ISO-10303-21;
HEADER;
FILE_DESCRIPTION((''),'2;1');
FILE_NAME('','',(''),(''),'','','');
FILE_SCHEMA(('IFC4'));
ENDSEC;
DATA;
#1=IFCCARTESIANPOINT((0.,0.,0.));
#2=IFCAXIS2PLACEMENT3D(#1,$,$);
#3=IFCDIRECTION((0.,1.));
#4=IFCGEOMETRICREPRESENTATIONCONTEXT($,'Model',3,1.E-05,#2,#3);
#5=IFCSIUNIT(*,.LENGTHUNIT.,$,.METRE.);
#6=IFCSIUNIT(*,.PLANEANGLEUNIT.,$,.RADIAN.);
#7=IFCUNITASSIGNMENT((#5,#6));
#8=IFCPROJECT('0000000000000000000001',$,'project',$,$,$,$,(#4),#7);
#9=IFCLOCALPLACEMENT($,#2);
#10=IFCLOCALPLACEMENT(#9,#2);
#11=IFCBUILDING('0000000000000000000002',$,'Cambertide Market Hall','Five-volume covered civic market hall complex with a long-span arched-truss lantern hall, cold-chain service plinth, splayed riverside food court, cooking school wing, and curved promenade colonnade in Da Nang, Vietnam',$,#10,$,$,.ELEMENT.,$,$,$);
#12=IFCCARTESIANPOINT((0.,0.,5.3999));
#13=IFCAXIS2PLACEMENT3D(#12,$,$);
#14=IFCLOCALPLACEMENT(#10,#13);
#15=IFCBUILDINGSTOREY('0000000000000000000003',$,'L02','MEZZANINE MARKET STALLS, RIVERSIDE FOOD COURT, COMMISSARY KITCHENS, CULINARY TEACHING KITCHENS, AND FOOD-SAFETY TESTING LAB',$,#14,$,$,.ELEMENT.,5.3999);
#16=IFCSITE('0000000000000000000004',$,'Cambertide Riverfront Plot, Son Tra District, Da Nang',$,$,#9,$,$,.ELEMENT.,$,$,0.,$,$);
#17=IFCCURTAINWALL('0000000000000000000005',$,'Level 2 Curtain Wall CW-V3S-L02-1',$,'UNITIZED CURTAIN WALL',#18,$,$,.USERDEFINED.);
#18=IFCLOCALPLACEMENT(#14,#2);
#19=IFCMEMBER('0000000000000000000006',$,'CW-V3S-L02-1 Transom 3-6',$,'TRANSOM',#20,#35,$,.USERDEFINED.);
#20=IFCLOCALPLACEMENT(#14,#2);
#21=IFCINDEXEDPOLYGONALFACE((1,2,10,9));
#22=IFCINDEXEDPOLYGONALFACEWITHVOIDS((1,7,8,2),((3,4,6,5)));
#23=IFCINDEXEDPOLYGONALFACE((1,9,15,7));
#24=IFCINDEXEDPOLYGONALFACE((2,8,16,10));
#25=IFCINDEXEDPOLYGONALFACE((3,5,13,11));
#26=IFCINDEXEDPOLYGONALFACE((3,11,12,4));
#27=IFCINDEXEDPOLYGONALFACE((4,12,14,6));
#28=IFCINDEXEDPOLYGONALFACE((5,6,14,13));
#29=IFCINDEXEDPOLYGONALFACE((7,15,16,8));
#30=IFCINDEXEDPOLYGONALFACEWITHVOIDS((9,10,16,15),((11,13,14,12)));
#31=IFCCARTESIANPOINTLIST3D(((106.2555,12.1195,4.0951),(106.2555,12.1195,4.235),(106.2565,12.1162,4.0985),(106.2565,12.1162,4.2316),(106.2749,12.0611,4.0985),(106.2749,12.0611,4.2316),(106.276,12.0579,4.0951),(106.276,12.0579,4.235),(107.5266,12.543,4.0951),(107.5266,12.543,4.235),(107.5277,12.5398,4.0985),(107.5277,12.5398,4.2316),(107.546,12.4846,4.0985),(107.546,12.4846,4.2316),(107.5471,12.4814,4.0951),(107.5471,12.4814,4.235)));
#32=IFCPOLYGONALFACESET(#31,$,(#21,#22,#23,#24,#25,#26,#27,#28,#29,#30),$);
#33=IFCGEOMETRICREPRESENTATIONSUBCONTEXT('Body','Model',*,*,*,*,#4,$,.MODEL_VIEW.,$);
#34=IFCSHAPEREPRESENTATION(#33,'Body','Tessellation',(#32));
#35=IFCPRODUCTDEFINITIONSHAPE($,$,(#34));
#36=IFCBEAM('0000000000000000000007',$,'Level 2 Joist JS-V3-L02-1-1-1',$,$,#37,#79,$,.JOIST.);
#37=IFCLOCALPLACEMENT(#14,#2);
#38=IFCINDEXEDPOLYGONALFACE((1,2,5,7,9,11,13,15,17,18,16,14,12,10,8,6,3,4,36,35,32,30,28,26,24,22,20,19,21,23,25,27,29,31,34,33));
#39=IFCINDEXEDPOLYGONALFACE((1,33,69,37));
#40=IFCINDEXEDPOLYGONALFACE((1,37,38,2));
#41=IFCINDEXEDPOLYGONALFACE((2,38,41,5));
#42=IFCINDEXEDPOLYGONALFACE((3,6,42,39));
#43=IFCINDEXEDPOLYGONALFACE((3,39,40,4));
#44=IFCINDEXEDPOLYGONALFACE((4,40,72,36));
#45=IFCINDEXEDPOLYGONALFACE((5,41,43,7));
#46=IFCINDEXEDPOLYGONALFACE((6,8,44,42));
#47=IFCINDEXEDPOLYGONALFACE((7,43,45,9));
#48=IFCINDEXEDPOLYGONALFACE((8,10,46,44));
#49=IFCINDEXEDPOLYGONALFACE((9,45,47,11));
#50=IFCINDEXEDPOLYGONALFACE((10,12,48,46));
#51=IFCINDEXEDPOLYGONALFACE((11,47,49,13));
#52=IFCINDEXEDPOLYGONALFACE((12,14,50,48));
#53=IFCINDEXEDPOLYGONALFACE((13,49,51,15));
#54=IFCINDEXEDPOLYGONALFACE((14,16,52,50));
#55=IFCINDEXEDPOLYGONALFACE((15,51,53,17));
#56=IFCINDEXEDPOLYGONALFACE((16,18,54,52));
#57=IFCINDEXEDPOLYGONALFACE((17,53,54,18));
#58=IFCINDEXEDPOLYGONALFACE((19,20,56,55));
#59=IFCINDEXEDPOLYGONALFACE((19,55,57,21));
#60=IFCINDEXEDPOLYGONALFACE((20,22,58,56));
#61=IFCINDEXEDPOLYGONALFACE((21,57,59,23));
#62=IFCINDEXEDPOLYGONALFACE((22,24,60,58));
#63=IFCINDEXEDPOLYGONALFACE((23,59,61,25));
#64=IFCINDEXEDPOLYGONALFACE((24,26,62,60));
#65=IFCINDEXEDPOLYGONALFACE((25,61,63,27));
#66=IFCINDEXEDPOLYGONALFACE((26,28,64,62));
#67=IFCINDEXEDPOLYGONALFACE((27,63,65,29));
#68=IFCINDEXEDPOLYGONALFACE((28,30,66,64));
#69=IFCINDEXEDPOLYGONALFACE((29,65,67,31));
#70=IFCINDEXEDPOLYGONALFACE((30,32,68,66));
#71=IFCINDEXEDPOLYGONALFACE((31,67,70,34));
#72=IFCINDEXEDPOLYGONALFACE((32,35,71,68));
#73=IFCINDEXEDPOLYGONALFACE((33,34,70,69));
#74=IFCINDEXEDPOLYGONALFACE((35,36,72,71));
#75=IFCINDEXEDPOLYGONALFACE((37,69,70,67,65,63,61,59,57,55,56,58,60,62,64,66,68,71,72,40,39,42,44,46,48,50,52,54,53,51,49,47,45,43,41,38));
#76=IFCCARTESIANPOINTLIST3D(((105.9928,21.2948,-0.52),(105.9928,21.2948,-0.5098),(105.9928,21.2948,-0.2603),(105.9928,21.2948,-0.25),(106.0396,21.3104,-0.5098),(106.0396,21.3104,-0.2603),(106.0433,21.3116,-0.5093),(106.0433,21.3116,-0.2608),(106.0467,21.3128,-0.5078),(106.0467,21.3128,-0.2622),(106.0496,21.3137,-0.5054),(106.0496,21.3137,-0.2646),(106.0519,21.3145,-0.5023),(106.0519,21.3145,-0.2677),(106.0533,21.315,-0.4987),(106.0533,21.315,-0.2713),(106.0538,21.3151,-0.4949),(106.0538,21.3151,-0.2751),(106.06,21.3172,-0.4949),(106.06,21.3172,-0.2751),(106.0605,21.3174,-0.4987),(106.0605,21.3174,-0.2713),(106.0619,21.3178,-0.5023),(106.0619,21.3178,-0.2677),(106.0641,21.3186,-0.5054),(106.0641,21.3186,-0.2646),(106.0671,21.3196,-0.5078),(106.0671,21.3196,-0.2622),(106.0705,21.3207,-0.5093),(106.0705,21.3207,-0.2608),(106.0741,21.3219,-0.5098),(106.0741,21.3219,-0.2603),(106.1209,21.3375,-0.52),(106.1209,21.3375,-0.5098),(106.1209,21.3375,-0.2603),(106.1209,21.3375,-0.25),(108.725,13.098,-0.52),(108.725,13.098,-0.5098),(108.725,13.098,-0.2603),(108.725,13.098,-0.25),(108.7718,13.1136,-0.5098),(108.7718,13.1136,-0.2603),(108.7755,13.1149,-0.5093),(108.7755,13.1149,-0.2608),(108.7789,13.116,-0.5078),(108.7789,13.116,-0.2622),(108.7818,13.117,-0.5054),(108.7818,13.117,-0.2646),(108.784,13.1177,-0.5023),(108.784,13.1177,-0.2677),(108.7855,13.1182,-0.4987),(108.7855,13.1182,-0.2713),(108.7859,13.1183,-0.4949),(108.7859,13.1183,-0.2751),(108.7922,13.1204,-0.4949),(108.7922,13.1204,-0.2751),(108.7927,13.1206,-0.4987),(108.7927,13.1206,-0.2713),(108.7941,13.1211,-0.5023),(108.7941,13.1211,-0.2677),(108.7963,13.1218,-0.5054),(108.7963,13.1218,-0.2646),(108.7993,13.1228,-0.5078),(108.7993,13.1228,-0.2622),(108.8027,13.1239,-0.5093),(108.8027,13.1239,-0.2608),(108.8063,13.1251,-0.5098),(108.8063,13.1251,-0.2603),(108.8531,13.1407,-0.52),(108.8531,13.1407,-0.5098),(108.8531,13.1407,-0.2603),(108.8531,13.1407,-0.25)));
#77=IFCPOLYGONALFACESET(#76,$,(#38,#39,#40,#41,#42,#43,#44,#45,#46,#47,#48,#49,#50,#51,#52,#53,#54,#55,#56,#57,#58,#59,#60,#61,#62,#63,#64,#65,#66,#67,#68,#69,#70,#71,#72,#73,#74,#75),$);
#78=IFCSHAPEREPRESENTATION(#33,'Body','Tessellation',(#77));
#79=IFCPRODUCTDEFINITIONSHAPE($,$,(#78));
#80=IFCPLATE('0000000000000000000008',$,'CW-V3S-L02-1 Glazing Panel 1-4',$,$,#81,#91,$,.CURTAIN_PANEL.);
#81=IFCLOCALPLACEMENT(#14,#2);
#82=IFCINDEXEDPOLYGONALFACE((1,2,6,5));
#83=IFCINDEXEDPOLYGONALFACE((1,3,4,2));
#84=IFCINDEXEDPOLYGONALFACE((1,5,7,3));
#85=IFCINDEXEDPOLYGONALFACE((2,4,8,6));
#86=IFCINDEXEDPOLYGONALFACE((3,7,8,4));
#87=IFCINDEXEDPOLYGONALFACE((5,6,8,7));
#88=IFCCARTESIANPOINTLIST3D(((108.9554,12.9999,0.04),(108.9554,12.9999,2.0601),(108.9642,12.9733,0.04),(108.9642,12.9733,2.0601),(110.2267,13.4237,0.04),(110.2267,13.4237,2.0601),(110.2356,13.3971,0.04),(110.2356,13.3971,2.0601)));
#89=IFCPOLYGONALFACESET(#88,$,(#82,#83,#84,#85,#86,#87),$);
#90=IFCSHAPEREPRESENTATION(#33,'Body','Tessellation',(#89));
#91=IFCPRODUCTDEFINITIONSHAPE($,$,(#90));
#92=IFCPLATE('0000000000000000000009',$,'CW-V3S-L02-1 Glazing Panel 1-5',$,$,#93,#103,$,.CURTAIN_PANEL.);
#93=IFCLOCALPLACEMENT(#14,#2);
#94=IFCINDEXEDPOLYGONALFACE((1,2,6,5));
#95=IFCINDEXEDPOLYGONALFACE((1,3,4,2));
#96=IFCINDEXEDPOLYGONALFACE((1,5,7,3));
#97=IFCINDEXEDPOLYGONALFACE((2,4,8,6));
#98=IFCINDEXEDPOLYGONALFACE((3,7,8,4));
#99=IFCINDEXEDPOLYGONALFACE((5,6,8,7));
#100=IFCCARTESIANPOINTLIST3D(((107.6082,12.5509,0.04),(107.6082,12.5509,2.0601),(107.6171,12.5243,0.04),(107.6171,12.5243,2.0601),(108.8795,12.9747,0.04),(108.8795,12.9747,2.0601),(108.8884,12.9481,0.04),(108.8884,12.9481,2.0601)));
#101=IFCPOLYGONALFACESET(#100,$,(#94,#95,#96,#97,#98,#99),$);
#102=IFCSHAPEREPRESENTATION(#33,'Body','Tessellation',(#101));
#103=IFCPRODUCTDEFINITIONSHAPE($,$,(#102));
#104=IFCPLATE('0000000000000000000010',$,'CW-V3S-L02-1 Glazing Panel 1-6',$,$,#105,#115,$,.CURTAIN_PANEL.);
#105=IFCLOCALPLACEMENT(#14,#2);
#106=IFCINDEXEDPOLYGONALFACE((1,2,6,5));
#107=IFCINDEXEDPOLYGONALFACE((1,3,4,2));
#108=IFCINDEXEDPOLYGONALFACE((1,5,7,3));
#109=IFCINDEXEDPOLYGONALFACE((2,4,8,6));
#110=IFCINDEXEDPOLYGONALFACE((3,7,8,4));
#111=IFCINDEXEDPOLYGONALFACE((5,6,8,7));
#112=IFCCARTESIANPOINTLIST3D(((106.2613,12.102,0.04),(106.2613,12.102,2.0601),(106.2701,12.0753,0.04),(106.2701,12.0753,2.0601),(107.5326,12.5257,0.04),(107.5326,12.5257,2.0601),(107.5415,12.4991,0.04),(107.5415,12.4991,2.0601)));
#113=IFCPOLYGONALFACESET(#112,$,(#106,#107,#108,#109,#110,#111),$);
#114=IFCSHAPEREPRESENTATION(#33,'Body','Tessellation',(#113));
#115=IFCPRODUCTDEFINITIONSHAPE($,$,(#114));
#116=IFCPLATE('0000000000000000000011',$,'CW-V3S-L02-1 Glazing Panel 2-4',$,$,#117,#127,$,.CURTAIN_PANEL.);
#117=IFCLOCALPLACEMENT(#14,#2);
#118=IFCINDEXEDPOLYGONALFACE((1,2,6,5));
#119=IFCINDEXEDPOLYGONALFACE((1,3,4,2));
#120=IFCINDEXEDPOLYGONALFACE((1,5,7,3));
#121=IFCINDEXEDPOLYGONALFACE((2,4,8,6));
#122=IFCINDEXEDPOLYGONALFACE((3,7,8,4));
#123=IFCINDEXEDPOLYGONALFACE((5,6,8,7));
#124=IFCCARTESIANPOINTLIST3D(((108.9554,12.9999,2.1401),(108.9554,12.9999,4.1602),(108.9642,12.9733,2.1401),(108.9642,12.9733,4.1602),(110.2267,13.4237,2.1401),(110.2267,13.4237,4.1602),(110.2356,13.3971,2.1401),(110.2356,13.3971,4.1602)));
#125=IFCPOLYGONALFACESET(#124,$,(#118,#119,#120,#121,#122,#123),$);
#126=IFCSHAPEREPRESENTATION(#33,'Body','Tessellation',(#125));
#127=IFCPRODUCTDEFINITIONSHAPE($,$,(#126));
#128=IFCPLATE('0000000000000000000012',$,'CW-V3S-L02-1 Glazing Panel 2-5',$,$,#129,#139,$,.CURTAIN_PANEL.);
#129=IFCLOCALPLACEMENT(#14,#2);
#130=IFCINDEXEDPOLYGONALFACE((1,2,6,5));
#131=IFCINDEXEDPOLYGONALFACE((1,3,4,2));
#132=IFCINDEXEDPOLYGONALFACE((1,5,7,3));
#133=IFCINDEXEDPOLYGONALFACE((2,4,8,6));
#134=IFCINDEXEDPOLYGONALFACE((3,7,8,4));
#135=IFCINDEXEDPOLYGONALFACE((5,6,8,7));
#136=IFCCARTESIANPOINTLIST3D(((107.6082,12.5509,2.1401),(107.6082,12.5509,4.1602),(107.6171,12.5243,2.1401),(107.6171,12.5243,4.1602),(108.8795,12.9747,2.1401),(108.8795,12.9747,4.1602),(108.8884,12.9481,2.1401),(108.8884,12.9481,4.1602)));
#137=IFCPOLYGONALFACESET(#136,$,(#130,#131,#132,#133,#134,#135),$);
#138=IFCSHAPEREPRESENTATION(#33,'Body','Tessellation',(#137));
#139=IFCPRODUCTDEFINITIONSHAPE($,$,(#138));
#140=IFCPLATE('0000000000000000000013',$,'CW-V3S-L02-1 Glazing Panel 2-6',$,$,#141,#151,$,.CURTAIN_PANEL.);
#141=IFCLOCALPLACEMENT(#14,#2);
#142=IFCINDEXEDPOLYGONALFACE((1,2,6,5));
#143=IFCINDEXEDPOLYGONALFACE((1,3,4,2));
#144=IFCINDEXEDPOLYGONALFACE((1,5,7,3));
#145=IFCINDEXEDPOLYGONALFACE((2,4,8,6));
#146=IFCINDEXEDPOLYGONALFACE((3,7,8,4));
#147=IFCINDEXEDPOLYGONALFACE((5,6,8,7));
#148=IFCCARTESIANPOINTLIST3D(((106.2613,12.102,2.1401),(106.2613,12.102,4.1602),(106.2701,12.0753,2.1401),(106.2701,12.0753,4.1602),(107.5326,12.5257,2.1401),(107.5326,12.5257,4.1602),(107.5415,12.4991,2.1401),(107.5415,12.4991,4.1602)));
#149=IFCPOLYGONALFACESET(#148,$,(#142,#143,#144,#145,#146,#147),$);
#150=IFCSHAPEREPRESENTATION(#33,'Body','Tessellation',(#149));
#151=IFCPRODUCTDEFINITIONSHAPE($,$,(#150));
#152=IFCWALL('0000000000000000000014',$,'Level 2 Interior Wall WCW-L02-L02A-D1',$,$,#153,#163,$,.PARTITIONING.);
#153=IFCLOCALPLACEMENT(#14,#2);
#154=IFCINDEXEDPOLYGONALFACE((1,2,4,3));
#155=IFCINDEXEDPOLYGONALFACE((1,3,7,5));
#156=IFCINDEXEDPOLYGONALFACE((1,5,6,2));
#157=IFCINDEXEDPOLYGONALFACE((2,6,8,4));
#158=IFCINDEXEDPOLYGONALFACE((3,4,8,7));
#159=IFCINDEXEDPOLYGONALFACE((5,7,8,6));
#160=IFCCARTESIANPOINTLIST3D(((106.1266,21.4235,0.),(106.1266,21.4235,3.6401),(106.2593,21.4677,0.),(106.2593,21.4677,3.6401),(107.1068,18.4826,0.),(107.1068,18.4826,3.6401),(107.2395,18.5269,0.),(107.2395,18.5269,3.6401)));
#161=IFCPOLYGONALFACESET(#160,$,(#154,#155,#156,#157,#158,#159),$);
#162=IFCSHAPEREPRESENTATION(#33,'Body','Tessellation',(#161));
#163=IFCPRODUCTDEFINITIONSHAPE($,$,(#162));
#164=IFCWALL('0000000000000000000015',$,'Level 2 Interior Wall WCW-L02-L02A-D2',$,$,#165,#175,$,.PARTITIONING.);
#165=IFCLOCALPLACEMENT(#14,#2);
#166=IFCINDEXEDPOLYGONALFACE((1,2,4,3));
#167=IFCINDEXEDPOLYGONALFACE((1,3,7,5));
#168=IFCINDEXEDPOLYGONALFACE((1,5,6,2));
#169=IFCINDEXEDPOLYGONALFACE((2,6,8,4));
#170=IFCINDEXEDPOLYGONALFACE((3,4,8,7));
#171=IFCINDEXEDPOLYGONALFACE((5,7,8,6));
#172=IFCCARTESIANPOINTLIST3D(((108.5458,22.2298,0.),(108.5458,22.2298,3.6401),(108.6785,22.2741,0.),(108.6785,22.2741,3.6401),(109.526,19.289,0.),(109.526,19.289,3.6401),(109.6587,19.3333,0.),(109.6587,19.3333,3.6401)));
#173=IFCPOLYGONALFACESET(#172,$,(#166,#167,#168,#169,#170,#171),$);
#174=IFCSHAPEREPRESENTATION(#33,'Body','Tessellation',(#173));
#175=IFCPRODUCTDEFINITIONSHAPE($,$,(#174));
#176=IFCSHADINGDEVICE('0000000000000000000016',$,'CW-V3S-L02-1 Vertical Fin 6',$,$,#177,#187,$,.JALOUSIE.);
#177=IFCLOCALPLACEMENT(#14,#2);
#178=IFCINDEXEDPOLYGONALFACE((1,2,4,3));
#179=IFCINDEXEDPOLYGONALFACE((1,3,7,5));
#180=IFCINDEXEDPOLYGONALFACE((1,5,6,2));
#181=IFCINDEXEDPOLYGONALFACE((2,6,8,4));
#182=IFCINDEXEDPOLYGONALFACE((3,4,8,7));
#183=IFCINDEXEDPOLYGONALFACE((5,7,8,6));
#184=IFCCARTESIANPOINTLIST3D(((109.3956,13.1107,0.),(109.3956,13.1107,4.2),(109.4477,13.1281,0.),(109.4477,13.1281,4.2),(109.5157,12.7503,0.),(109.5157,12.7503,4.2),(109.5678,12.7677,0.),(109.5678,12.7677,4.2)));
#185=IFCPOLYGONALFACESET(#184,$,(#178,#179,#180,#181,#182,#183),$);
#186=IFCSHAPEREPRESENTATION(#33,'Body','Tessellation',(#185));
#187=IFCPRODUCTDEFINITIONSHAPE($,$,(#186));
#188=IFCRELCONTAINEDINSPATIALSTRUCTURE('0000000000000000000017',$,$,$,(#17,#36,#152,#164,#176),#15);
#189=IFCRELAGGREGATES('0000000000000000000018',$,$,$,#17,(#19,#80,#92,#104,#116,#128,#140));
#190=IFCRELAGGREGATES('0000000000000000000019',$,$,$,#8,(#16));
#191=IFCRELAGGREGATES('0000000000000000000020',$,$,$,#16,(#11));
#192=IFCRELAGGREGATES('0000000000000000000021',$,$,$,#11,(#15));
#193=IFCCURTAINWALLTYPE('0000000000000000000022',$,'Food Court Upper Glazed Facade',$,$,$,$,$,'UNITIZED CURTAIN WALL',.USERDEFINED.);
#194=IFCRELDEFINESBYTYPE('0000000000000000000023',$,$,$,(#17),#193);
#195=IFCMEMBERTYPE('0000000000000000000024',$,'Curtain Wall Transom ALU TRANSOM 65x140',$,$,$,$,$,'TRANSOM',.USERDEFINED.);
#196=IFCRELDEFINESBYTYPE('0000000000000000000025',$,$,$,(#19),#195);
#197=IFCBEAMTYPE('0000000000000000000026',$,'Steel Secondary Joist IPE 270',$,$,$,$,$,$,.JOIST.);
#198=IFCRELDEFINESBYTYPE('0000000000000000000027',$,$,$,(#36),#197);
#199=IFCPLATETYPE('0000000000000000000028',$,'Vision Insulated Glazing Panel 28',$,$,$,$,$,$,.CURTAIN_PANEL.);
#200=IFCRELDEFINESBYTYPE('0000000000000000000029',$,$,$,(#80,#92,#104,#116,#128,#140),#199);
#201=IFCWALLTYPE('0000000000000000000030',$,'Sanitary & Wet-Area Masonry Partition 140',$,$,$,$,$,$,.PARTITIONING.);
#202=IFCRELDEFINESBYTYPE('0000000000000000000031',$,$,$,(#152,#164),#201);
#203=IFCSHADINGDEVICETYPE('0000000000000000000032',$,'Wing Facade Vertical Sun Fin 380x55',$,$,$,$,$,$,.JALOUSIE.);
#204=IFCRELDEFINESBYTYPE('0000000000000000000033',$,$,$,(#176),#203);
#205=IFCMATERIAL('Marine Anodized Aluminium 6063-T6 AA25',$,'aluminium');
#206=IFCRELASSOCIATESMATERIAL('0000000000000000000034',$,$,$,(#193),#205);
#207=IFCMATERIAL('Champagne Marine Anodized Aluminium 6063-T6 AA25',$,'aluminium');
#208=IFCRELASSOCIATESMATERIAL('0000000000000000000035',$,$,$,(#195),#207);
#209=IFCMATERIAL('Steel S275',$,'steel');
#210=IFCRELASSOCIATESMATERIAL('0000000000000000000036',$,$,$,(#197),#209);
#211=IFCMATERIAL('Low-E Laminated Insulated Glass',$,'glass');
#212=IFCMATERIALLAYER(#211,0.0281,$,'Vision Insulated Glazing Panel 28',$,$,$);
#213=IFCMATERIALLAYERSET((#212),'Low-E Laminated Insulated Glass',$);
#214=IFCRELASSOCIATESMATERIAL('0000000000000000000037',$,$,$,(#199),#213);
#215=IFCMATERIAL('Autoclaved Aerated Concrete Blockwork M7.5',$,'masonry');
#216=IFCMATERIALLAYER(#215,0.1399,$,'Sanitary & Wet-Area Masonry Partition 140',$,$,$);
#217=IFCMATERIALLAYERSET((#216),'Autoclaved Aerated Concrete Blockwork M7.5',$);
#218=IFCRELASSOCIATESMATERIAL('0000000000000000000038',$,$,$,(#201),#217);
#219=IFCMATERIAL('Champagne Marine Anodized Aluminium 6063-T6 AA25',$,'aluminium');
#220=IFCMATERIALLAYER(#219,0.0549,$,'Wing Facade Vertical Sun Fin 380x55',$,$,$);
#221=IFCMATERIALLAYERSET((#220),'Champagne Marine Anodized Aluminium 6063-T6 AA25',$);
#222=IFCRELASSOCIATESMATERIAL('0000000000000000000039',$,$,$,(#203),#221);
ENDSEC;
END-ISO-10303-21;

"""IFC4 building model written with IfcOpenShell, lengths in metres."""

from ifc_helpers import new_model, si_unit, direction, frame, frame_2d, origin, origin_2d, place, context, subcontext, project, spatial, rectangle, hollow_rectangle, i_section, extrude, material, layer, layer_set, material_profile, profile_set, type_object, element, aggregate, save


model = new_model("IFC4")

# Units and contexts
model_context = context("Model", 3, precision=1e-05, world=origin(), true_north=direction((0.0, 1.0)))
body_context = subcontext(model_context, "Body", "Model", "MODEL_VIEW")
ifc_project = project(units=[si_unit("LENGTHUNIT", "METRE"), si_unit("PLANEANGLEUNIT", "RADIAN")], contexts=[model_context])

# Site, building, storey
site_placement = place(None, origin())
site = spatial("IfcSite", under=ifc_project, at=site_placement, Name="Cambertide Riverfront Plot, Son Tra District, Da Nang", CompositionType="ELEMENT", RefElevation=0.0)
building_placement = place(site_placement, origin())
building = spatial("IfcBuilding", under=site, at=building_placement, Name="Cambertide Market Hall", Description="Five-volume covered civic market hall complex with a long-span arched-truss lantern hall, cold-chain service plinth, splayed riverside food court, cooking school wing, and curved promenade colonnade in Da Nang, Vietnam", CompositionType="ELEMENT")
storey_placement = place(building_placement, frame((0.0, 0.0, 5.3999)))
storey = spatial("IfcBuildingStorey", under=building, at=storey_placement, Name="L02", Description="MEZZANINE MARKET STALLS, RIVERSIDE FOOD COURT, COMMISSARY KITCHENS, CULINARY TEACHING KITCHENS, AND FOOD-SAFETY TESTING LAB", CompositionType="ELEMENT", Elevation=5.3999)

# Curtain wall, member
ifc_material_1 = material(Name="Marine Anodized Aluminium 6063-T6 AA25", Category="aluminium")
curtain_wall_type = type_object("IfcCurtainWallType", Name="Food Court Upper Glazed Facade", ElementType="UNITIZED CURTAIN WALL", PredefinedType="USERDEFINED", material=ifc_material_1)
curtain_wall_placement = place(storey_placement, origin())
curtain_wall = element("IfcCurtainWall", 1, at=curtain_wall_placement, inside=storey, type_object=curtain_wall_type, Name="Level 2 Curtain Wall CW-V3S-L02-1", ObjectType="UNITIZED CURTAIN WALL", PredefinedType="USERDEFINED")
ifc_material_2 = material(Name="Champagne Marine Anodized Aluminium 6063-T6 AA25", Category="aluminium")
ifc_material_profile_1 = material_profile(ifc_material_2, hollow_rectangle(XDim=0.0649, YDim=0.1399, WallThickness=0.0034, at=origin_2d()), Name="ALU TRANSOM 65x140")
ifc_profile_set_1 = profile_set([ifc_material_profile_1], Name="Champagne Marine Anodized Aluminium 6063-T6 AA25")
member_type_1 = type_object("IfcMemberType", Name="Curtain Wall Transom ALU TRANSOM 65x140", ElementType="TRANSOM", PredefinedType="USERDEFINED", material=ifc_profile_set_1)
member_1_placement = place(storey_placement, frame((107.5369, 12.5122, 4.165), z_axis=(-0.94872, -0.316118, 0.0), x_axis=(0.316118, -0.94872, 0.0)))
member_1 = element("IfcMember", 2, at=member_1_placement, type_object=member_type_1, Name="CW-V3S-L02-1 Transom 3-6", ObjectType="TRANSOM", PredefinedType="USERDEFINED", context=body_context, shape_type="SweptSolid", body=[
    extrude(hollow_rectangle(XDim=0.0649, YDim=0.1399, WallThickness=0.0034, at=origin_2d()), origin(), (0.0, 0.0, 1.0), 1.3398),
])

# Beam
ifc_material_3 = material(Name="Steel S275", Category="steel")
ifc_material_profile_2 = material_profile(ifc_material_3, i_section(OverallWidth=0.135, OverallDepth=0.27, WebThickness=0.0066, FlangeThickness=0.0103, FilletRadius=0.0149, at=origin_2d()), Name="IPE 270")
ifc_profile_set_2 = profile_set([ifc_material_profile_2], Name="Steel S275")
beam_type = type_object("IfcBeamType", Name="Steel Secondary Joist IPE 270", PredefinedType="JOIST", material=ifc_profile_set_2)
beam_placement = place(storey_placement, frame((108.7891, 13.1194, -0.385), z_axis=(-0.316219, 0.948686, 0.0), x_axis=(-0.948686, -0.316219, 0.0)))
element("IfcBeam", 3, at=beam_placement, inside=storey, type_object=beam_type, Name="Level 2 Joist JS-V3-L02-1-1-1", PredefinedType="JOIST", context=body_context, shape_type="SweptSolid", body=[
    extrude(i_section(OverallWidth=0.135, OverallDepth=0.27, WebThickness=0.0066, FlangeThickness=0.0103, FilletRadius=0.0149, at=origin_2d()), origin(), (0.0, 0.0, 1.0), 8.6401),
])

# Plates
ifc_material_4 = material(Name="Low-E Laminated Insulated Glass", Category="glass")
ifc_layer_1 = layer(ifc_material_4, 0.0281, Name="Vision Insulated Glazing Panel 28")
ifc_layer_set_1 = layer_set([ifc_layer_1], Name="Low-E Laminated Insulated Glass")
plate_type = type_object("IfcPlateType", Name="Vision Insulated Glazing Panel 28", PredefinedType="CURTAIN_PANEL", material=ifc_layer_set_1)
plate_1_placement = place(storey_placement, frame((109.5955, 13.1985, 0.04), z_axis=(0.0, 0.0, 1.0), x_axis=(-0.948683, -0.316228, 0.0)))
plate_1 = element("IfcPlate", 4, at=plate_1_placement, type_object=plate_type, Name="CW-V3S-L02-1 Glazing Panel 1-4", PredefinedType="CURTAIN_PANEL", context=body_context, shape_type="SweptSolid", body=[
    extrude(rectangle(XDim=1.3401, YDim=0.0281, at=origin_2d()), origin(), (0.0, 0.0, 1.0), 2.02),
])
plate_2_placement = place(storey_placement, frame((108.2483, 12.7495, 0.04), z_axis=(0.0, 0.0, 1.0), x_axis=(-0.948683, -0.316228, 0.0)))
plate_2 = element("IfcPlate", 5, at=plate_2_placement, type_object=plate_type, Name="CW-V3S-L02-1 Glazing Panel 1-5", PredefinedType="CURTAIN_PANEL", context=body_context, shape_type="SweptSolid", body=[
    extrude(rectangle(XDim=1.3401, YDim=0.0281, at=origin_2d()), origin(), (0.0, 0.0, 1.0), 2.02),
])
plate_3_placement = place(storey_placement, frame((106.9014, 12.3005, 0.04), z_axis=(0.0, 0.0, 1.0), x_axis=(-0.948683, -0.316228, 0.0)))
plate_3 = element("IfcPlate", 6, at=plate_3_placement, type_object=plate_type, Name="CW-V3S-L02-1 Glazing Panel 1-6", PredefinedType="CURTAIN_PANEL", context=body_context, shape_type="SweptSolid", body=[
    extrude(rectangle(XDim=1.3401, YDim=0.0281, at=origin_2d()), origin(), (0.0, 0.0, 1.0), 2.02),
])
plate_4_placement = place(storey_placement, frame((109.5955, 13.1985, 2.1401), z_axis=(0.0, 0.0, 1.0), x_axis=(-0.948683, -0.316228, 0.0)))
plate_4 = element("IfcPlate", 7, at=plate_4_placement, type_object=plate_type, Name="CW-V3S-L02-1 Glazing Panel 2-4", PredefinedType="CURTAIN_PANEL", context=body_context, shape_type="SweptSolid", body=[
    extrude(rectangle(XDim=1.3401, YDim=0.0281, at=origin_2d()), origin(), (0.0, 0.0, 1.0), 2.02),
])
plate_5_placement = place(storey_placement, frame((108.2483, 12.7495, 2.1401), z_axis=(0.0, 0.0, 1.0), x_axis=(-0.948683, -0.316228, 0.0)))
plate_5 = element("IfcPlate", 8, at=plate_5_placement, type_object=plate_type, Name="CW-V3S-L02-1 Glazing Panel 2-5", PredefinedType="CURTAIN_PANEL", context=body_context, shape_type="SweptSolid", body=[
    extrude(rectangle(XDim=1.3401, YDim=0.0281, at=origin_2d()), origin(), (0.0, 0.0, 1.0), 2.02),
])
plate_6_placement = place(storey_placement, frame((106.9014, 12.3005, 2.1401), z_axis=(0.0, 0.0, 1.0), x_axis=(-0.948683, -0.316228, 0.0)))
plate_6 = element("IfcPlate", 9, at=plate_6_placement, type_object=plate_type, Name="CW-V3S-L02-1 Glazing Panel 2-6", PredefinedType="CURTAIN_PANEL", context=body_context, shape_type="SweptSolid", body=[
    extrude(rectangle(XDim=1.3401, YDim=0.0281, at=origin_2d()), origin(), (0.0, 0.0, 1.0), 2.02),
])
aggregate(curtain_wall, [member_1, plate_1, plate_2, plate_3, plate_4, plate_5, plate_6])

# Walls
ifc_material_5 = material(Name="Autoclaved Aerated Concrete Blockwork M7.5", Category="masonry")
ifc_layer_2 = layer(ifc_material_5, 0.1399, Name="Sanitary & Wet-Area Masonry Partition 140")
ifc_layer_set_2 = layer_set([ifc_layer_2], Name="Autoclaved Aerated Concrete Blockwork M7.5")
wall_type = type_object("IfcWallType", Name="Sanitary & Wet-Area Masonry Partition 140", PredefinedType="PARTITIONING", material=ifc_layer_set_2)
for number, where, z_axis, x_axis, name in (
    (10, (107.1731, 18.5049, 0.0), (0.0, 0.0, 1.0), (-0.316204, 0.948691, 0.0), "Level 2 Interior Wall WCW-L02-L02A-D1"),
    (11, (109.5923, 19.3113, 0.0), (0.0, 0.0, 1.0), (-0.316204, 0.948691, 0.0), "Level 2 Interior Wall WCW-L02-L02A-D2"),
):
    element("IfcWall", number, at=place(storey_placement, frame(where, z_axis=z_axis, x_axis=x_axis)), inside=storey, type_object=wall_type, Name=name, PredefinedType="PARTITIONING", context=body_context, shape_type="SweptSolid", body=[
        extrude(rectangle(XDim=3.0999, YDim=0.1399, at=frame_2d((1.5498, 0.0))), origin(), (0.0, 0.0, 1.0), 3.6401),
    ])

# Shading device
ifc_material_6 = material(Name="Champagne Marine Anodized Aluminium 6063-T6 AA25", Category="aluminium")
ifc_layer_3 = layer(ifc_material_6, 0.0549, Name="Wing Facade Vertical Sun Fin 380x55")
ifc_layer_set_3 = layer_set([ifc_layer_3], Name="Champagne Marine Anodized Aluminium 6063-T6 AA25")
shading_device_type = type_object("IfcShadingDeviceType", Name="Wing Facade Vertical Sun Fin 380x55", PredefinedType="JALOUSIE", material=ifc_layer_set_3)
for number, where, z_axis, x_axis, name in (
    (12, (109.4817, 12.9392, 0.0), (0.0, 0.0, 1.0), (-0.948683, -0.316228, 0.0), "CW-V3S-L02-1 Vertical Fin 6"),
):
    element("IfcShadingDevice", number, at=place(storey_placement, frame(where, z_axis=z_axis, x_axis=x_axis)), inside=storey, type_object=shading_device_type, Name=name, PredefinedType="JALOUSIE", context=body_context, shape_type="SweptSolid", body=[
        extrude(rectangle(XDim=0.0549, YDim=0.3799, at=origin_2d()), origin(), (0.0, 0.0, 1.0), 4.2),
    ])

save(model, "model.ifc")
